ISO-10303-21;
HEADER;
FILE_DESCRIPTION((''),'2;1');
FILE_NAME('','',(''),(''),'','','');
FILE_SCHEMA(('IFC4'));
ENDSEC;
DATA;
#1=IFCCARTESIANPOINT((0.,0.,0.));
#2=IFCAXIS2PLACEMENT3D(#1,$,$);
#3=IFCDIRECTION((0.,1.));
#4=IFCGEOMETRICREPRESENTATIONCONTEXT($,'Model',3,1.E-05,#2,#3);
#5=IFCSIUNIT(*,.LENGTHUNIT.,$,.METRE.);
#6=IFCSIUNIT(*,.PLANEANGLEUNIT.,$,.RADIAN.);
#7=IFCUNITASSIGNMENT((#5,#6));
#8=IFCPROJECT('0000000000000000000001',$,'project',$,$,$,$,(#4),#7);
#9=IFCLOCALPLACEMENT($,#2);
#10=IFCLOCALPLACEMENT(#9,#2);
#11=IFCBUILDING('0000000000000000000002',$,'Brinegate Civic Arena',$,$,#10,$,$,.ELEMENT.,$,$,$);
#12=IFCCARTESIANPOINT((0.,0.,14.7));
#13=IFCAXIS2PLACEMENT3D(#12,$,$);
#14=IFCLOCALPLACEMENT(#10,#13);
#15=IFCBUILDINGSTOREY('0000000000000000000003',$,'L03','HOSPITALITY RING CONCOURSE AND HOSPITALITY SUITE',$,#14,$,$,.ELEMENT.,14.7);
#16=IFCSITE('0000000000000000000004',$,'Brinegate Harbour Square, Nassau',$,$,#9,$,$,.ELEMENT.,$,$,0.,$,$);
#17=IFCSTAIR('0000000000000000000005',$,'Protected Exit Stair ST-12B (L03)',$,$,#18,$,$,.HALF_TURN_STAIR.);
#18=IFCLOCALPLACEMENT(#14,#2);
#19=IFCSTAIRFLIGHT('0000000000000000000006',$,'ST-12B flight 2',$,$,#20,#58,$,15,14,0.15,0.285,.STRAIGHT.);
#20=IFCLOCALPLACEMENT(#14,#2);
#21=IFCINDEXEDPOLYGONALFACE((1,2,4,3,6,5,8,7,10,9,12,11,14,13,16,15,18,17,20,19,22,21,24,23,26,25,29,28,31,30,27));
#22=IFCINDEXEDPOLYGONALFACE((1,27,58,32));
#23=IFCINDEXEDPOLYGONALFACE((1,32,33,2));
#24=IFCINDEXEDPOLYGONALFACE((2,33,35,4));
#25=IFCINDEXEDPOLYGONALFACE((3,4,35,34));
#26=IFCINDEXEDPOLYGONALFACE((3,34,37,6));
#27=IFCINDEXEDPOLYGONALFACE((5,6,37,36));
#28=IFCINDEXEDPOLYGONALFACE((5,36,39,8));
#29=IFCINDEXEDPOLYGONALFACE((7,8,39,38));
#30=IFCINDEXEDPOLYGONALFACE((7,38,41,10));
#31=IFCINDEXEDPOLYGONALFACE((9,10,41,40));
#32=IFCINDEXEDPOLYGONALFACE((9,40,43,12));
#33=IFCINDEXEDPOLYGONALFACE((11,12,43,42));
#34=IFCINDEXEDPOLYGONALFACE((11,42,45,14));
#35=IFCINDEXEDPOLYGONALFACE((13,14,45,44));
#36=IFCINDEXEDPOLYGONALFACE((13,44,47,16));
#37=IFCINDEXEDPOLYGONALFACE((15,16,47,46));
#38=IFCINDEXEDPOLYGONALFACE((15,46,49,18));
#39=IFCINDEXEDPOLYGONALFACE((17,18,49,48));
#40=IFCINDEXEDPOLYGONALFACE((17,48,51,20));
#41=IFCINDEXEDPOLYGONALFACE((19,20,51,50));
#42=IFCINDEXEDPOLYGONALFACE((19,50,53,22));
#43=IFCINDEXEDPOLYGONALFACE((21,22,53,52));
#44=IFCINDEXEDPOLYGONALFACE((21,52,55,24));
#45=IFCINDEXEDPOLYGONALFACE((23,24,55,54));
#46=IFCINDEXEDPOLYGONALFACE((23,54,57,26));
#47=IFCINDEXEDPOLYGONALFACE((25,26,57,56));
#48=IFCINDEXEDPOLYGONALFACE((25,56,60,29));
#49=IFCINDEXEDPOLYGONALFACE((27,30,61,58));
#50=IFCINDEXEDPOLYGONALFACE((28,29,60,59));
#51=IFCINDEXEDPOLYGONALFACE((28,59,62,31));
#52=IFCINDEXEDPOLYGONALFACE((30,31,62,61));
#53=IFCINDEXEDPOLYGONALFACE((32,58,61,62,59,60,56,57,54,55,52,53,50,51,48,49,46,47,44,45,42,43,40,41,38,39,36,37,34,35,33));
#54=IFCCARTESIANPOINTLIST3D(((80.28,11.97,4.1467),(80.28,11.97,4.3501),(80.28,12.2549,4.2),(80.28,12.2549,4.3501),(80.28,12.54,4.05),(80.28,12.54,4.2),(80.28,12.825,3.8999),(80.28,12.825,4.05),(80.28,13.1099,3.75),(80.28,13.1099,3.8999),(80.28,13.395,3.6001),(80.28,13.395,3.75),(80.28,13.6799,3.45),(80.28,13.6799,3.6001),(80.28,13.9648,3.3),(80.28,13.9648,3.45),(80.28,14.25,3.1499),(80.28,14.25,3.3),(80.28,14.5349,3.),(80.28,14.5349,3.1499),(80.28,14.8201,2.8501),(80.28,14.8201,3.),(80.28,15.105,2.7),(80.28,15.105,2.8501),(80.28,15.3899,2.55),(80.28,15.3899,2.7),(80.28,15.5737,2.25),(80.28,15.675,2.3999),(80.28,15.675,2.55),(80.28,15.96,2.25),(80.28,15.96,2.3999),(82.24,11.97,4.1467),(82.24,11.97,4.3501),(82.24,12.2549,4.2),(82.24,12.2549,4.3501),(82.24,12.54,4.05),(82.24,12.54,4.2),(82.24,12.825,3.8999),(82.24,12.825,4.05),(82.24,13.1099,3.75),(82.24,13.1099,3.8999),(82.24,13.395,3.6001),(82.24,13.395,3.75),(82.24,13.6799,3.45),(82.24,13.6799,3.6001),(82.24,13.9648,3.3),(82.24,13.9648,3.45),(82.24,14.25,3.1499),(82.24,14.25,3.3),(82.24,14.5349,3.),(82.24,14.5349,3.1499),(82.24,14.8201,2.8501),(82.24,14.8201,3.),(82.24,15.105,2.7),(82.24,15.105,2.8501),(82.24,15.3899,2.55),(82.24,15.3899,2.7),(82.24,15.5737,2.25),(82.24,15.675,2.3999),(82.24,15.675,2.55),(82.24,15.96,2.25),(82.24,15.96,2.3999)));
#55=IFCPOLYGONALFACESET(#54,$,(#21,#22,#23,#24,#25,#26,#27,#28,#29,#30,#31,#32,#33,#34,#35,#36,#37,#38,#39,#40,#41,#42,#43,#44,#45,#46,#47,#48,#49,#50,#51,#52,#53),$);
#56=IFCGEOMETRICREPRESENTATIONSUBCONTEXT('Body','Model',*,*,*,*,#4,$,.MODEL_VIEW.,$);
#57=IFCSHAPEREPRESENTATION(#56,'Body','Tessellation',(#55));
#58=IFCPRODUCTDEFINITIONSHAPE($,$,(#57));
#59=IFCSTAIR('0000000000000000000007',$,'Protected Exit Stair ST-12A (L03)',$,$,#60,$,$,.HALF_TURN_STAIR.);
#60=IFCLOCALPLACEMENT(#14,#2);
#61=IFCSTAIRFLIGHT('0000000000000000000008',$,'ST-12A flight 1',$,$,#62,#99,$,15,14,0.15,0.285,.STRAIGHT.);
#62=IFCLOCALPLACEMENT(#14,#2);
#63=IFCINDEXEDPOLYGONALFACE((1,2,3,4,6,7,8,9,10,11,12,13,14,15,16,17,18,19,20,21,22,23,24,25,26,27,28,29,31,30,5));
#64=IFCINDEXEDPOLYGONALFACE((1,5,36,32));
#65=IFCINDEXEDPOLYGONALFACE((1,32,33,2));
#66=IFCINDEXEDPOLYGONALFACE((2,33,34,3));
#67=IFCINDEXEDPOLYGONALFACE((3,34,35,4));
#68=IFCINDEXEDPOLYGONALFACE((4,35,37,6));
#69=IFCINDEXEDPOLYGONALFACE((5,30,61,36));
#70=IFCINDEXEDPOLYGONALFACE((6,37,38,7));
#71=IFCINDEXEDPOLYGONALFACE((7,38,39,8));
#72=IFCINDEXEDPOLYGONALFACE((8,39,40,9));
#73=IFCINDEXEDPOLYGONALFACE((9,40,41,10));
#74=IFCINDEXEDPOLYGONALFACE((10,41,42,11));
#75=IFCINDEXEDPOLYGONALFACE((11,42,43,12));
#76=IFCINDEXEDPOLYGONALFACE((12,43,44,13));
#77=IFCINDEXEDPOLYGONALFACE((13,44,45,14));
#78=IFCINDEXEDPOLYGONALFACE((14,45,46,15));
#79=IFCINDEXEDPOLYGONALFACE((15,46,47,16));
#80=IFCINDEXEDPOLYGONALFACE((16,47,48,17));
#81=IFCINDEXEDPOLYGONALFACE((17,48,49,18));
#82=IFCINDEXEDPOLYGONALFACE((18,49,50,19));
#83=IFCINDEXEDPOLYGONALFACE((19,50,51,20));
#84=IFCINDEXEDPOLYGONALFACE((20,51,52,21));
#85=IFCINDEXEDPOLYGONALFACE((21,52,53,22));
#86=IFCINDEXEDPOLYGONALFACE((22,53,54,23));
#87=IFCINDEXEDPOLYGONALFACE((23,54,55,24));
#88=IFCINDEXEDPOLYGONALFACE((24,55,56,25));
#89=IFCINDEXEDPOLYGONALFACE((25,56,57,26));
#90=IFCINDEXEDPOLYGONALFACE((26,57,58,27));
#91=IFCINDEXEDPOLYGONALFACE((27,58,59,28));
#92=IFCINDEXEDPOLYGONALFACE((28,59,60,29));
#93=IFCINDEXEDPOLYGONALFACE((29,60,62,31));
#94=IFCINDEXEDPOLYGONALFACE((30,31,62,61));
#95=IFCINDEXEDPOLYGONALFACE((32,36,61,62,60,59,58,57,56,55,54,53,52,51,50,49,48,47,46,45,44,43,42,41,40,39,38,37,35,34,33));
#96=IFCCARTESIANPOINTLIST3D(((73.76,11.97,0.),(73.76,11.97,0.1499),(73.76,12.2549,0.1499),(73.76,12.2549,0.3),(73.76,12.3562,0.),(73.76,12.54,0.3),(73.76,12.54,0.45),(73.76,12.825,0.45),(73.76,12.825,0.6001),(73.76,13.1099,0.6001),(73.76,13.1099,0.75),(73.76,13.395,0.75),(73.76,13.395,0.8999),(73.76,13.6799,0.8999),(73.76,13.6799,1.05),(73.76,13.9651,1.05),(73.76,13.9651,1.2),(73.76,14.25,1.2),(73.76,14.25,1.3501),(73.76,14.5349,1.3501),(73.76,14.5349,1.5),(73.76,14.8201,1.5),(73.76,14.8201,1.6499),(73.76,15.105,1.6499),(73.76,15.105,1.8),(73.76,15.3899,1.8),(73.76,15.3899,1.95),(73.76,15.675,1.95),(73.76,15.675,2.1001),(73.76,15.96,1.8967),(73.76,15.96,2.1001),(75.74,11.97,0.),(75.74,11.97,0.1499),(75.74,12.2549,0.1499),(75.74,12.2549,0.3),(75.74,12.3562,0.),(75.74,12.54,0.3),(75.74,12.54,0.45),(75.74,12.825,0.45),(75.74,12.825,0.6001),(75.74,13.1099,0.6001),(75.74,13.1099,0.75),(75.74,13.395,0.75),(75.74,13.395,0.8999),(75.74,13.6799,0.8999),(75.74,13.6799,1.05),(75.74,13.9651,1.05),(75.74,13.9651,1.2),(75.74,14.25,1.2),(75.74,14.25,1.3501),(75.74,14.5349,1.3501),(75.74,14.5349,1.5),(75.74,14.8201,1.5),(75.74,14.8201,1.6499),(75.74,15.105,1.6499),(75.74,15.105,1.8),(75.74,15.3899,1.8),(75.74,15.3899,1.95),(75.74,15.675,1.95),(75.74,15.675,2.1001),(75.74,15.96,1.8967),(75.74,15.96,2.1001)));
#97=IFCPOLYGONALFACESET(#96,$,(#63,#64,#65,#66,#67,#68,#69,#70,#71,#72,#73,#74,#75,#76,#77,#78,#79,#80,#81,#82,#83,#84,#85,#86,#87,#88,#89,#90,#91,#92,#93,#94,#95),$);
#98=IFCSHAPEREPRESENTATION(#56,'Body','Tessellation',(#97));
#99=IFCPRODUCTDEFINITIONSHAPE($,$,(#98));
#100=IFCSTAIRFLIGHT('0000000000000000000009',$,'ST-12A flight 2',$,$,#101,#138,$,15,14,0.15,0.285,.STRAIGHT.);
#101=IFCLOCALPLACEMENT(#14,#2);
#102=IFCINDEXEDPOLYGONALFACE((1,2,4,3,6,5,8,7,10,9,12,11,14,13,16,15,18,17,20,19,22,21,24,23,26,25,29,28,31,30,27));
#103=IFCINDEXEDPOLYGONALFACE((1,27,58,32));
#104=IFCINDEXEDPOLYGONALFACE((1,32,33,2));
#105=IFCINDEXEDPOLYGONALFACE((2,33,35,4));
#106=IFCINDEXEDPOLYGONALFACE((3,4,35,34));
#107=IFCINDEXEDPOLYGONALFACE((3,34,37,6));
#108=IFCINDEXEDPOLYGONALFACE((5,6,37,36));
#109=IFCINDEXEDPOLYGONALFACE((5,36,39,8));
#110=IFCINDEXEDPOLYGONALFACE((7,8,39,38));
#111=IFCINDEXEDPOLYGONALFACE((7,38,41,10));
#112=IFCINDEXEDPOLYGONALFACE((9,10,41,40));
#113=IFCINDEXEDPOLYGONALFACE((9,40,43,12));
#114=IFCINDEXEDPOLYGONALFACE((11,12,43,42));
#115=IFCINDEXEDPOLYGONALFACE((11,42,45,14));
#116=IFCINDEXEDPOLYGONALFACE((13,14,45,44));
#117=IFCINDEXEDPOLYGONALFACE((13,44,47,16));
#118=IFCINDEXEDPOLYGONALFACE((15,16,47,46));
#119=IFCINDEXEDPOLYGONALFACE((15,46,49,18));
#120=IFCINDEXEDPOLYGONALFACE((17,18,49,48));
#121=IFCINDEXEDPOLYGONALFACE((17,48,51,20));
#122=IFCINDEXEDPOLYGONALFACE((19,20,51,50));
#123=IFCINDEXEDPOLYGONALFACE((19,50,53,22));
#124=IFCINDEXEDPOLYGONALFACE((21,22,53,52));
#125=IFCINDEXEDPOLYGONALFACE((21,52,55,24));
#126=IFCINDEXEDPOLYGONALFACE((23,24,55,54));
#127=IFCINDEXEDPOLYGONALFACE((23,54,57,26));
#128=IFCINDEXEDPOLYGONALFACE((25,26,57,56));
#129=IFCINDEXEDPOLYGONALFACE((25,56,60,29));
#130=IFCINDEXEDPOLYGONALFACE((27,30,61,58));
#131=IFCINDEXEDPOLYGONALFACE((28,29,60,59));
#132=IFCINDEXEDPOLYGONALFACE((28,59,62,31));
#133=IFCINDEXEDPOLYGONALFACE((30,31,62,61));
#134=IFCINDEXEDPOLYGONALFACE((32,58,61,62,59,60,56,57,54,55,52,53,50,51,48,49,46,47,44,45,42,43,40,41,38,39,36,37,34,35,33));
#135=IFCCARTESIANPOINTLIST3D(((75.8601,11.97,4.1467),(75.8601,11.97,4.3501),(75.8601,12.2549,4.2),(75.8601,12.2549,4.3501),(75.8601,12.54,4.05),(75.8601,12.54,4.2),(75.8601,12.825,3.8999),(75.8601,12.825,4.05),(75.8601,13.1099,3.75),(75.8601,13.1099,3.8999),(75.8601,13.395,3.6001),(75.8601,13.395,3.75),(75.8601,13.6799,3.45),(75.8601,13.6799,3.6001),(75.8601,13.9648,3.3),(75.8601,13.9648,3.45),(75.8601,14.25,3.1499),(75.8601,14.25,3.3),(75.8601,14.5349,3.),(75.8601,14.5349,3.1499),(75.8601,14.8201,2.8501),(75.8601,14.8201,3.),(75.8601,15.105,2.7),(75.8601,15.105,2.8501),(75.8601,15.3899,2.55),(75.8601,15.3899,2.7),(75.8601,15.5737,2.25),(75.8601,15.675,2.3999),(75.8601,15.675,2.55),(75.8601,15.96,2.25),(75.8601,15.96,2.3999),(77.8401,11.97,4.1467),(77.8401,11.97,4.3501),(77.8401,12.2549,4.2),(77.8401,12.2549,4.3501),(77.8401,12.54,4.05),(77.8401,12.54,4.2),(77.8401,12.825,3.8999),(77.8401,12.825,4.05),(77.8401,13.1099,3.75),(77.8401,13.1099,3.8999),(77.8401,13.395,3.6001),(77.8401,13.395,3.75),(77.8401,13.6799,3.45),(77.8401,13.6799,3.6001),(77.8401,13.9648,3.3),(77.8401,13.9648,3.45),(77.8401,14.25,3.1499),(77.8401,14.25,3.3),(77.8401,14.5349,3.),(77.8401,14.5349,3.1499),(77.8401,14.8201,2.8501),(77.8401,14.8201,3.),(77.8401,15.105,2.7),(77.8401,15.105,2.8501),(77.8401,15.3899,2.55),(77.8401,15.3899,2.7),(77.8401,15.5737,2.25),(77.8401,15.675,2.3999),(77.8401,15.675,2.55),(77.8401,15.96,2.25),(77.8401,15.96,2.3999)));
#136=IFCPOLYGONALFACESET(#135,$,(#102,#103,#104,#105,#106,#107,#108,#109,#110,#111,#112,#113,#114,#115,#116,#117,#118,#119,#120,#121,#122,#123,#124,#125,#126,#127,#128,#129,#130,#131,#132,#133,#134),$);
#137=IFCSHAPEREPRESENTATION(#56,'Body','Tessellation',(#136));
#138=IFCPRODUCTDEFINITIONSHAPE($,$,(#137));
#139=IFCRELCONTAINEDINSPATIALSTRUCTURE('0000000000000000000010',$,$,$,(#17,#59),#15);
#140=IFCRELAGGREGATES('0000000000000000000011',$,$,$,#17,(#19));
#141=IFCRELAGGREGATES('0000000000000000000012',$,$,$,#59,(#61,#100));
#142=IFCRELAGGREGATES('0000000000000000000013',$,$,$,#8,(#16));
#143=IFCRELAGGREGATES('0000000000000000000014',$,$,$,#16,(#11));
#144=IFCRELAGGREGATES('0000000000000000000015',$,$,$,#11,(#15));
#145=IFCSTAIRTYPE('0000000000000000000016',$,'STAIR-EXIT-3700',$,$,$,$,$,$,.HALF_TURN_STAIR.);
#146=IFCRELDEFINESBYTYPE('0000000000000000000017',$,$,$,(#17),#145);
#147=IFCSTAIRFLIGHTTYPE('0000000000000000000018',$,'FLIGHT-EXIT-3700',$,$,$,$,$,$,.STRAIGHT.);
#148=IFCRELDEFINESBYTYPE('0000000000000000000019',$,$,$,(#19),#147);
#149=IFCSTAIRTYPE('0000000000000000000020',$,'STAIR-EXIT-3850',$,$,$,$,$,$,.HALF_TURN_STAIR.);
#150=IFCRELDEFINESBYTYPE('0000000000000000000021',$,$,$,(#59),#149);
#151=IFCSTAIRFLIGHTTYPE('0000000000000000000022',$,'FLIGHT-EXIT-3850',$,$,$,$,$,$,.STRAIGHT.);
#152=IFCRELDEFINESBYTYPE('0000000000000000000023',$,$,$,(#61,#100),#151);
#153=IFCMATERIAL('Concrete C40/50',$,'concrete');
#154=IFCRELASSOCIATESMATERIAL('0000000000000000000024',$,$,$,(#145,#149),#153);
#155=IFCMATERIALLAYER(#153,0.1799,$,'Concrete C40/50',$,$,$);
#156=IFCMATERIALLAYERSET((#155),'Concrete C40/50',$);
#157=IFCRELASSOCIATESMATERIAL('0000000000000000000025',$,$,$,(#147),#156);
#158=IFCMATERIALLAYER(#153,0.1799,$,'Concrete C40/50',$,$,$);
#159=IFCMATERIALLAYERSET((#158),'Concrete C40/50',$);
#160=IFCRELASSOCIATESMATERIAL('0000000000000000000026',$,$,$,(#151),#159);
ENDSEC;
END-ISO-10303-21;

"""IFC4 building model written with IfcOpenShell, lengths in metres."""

from ifc_helpers import new_model, si_unit, direction, frame, origin, place, context, subcontext, project, spatial, polyline, outline, extrude, material, layer, layer_set, type_object, element, aggregate, save


model = new_model("IFC4")

# Units and contexts
model_context = context("Model", 3, precision=1e-05, world=origin(), true_north=direction((0.0, 1.0)))
body_context = subcontext(model_context, "Body", "Model", "MODEL_VIEW")
ifc_project = project(units=[si_unit("LENGTHUNIT", "METRE"), si_unit("PLANEANGLEUNIT", "RADIAN")], contexts=[model_context])

# Site, building, storey
site_placement = place(None, origin())
site = spatial("IfcSite", under=ifc_project, at=site_placement, Name="Brinegate Harbour Square, Nassau", CompositionType="ELEMENT", RefElevation=0.0)
building_placement = place(site_placement, origin())
building = spatial("IfcBuilding", under=site, at=building_placement, Name="Brinegate Civic Arena", CompositionType="ELEMENT")
storey_placement = place(building_placement, frame((0.0, 0.0, 14.7)))
storey = spatial("IfcBuildingStorey", under=building, at=storey_placement, Name="L03", Description="HOSPITALITY RING CONCOURSE AND HOSPITALITY SUITE", CompositionType="ELEMENT", Elevation=14.7)

# Stairs, stair flights
ifc_material_1 = material(Name="Concrete C40/50", Category="concrete")
stair_type_1 = type_object("IfcStairType", Name="STAIR-EXIT-3700", PredefinedType="HALF_TURN_STAIR", material=ifc_material_1)
stair_1_placement = place(storey_placement, origin())
stair_1 = element("IfcStair", 1, at=stair_1_placement, inside=storey, type_object=stair_type_1, Name="Protected Exit Stair ST-12B (L03)", PredefinedType="HALF_TURN_STAIR")
ifc_layer_1 = layer(ifc_material_1, 0.1799, Name="Concrete C40/50")
ifc_layer_set_1 = layer_set([ifc_layer_1], Name="Concrete C40/50")
stair_flight_type_1 = type_object("IfcStairFlightType", Name="FLIGHT-EXIT-3700", PredefinedType="STRAIGHT", material=ifc_layer_set_1)
stair_flight_1_placement = place(storey_placement, frame((81.26, 15.96, 2.25), z_axis=(0.0, 0.0, 1.0), x_axis=(0.0, -1.0, 0.0)))
stair_flight_1 = element("IfcStairFlight", 2, at=stair_flight_1_placement, type_object=stair_flight_type_1, Name="ST-12B flight 2", NumberOfRisers=15, NumberOfTreads=14, PredefinedType="STRAIGHT", RiserHeight=0.15, TreadLength=0.285, context=body_context, shape_type="SweptSolid", body=[
    extrude(outline(polyline([(0.0, 0.0), (0.0, 0.1499), (0.2849, 0.1499), (0.2849, 0.3), (0.5701, 0.3), (0.5701, 0.45), (0.855, 0.45), (0.855, 0.6001), (1.1399, 0.6001), (1.1399, 0.75), (1.425, 0.75), (1.425, 0.8999), (1.71, 0.8999), (1.71, 1.05), (1.9951, 1.05), (1.9951, 1.2), (2.28, 1.2), (2.28, 1.3501), (2.5649, 1.3501), (2.5649, 1.5), (2.8501, 1.5), (2.8501, 1.6499), (3.135, 1.6499), (3.135, 1.8), (3.4199, 1.8), (3.4199, 1.95), (3.7051, 1.95), (3.7051, 2.1001), (3.99, 2.1001), (3.99, 2.25), (3.99, 1.8967), (0.3862, 0.0), (0.0, 0.0)])), frame((0.0, 0.98, 0.0), z_axis=(0.0, -1.0, 0.0), x_axis=(1.0, 0.0, 0.0)), (0.0, 0.0, 1.0), 1.96),
])
aggregate(stair_1, [stair_flight_1])
stair_type_2 = type_object("IfcStairType", Name="STAIR-EXIT-3850", PredefinedType="HALF_TURN_STAIR", material=ifc_material_1)
stair_2_placement = place(storey_placement, origin())
stair_2 = element("IfcStair", 3, at=stair_2_placement, inside=storey, type_object=stair_type_2, Name="Protected Exit Stair ST-12A (L03)", PredefinedType="HALF_TURN_STAIR")
ifc_layer_2 = layer(ifc_material_1, 0.1799, Name="Concrete C40/50")
ifc_layer_set_2 = layer_set([ifc_layer_2], Name="Concrete C40/50")
stair_flight_type_2 = type_object("IfcStairFlightType", Name="FLIGHT-EXIT-3850", PredefinedType="STRAIGHT", material=ifc_layer_set_2)
stair_flight_2_placement = place(storey_placement, frame((74.75, 11.97, 0.0), z_axis=(0.0, 0.0, 1.0), x_axis=(0.0, 1.0, 0.0)))
stair_flight_2 = element("IfcStairFlight", 4, at=stair_flight_2_placement, type_object=stair_flight_type_2, Name="ST-12A flight 1", NumberOfRisers=15, NumberOfTreads=14, PredefinedType="STRAIGHT", RiserHeight=0.15, TreadLength=0.285, context=body_context, shape_type="SweptSolid", body=[
    extrude(outline(polyline([(0.0, 0.0), (0.0, 0.1499), (0.2849, 0.1499), (0.2849, 0.3), (0.5701, 0.3), (0.5701, 0.45), (0.855, 0.45), (0.855, 0.6001), (1.1399, 0.6001), (1.1399, 0.75), (1.425, 0.75), (1.425, 0.8999), (1.71, 0.8999), (1.71, 1.05), (1.9951, 1.05), (1.9951, 1.2), (2.28, 1.2), (2.28, 1.3501), (2.5649, 1.3501), (2.5649, 1.5), (2.8501, 1.5), (2.8501, 1.6499), (3.135, 1.6499), (3.135, 1.8), (3.4199, 1.8), (3.4199, 1.95), (3.7051, 1.95), (3.7051, 2.1001), (3.99, 2.1001), (3.99, 2.25), (3.99, 1.8967), (0.3862, 0.0), (0.0, 0.0)])), frame((0.0, 0.99, 0.0), z_axis=(0.0, -1.0, 0.0), x_axis=(1.0, 0.0, 0.0)), (0.0, 0.0, 1.0), 1.98),
])
stair_flight_3_placement = place(storey_placement, frame((76.8501, 15.96, 2.25), z_axis=(0.0, 0.0, 1.0), x_axis=(0.0, -1.0, 0.0)))
stair_flight_3 = element("IfcStairFlight", 5, at=stair_flight_3_placement, type_object=stair_flight_type_2, Name="ST-12A flight 2", NumberOfRisers=15, NumberOfTreads=14, PredefinedType="STRAIGHT", RiserHeight=0.15, TreadLength=0.285, context=body_context, shape_type="SweptSolid", body=[
    extrude(outline(polyline([(0.0, 0.0), (0.0, 0.1499), (0.2849, 0.1499), (0.2849, 0.3), (0.5701, 0.3), (0.5701, 0.45), (0.855, 0.45), (0.855, 0.6001), (1.1399, 0.6001), (1.1399, 0.75), (1.425, 0.75), (1.425, 0.8999), (1.71, 0.8999), (1.71, 1.05), (1.9951, 1.05), (1.9951, 1.2), (2.28, 1.2), (2.28, 1.3501), (2.5649, 1.3501), (2.5649, 1.5), (2.8501, 1.5), (2.8501, 1.6499), (3.135, 1.6499), (3.135, 1.8), (3.4199, 1.8), (3.4199, 1.95), (3.7051, 1.95), (3.7051, 2.1001), (3.99, 2.1001), (3.99, 2.25), (3.99, 1.8967), (0.3862, 0.0), (0.0, 0.0)])), frame((0.0, 0.99, 0.0), z_axis=(0.0, -1.0, 0.0), x_axis=(1.0, 0.0, 0.0)), (0.0, 0.0, 1.0), 1.98),
])
aggregate(stair_2, [stair_flight_2, stair_flight_3])

save(model, "model.ifc")
